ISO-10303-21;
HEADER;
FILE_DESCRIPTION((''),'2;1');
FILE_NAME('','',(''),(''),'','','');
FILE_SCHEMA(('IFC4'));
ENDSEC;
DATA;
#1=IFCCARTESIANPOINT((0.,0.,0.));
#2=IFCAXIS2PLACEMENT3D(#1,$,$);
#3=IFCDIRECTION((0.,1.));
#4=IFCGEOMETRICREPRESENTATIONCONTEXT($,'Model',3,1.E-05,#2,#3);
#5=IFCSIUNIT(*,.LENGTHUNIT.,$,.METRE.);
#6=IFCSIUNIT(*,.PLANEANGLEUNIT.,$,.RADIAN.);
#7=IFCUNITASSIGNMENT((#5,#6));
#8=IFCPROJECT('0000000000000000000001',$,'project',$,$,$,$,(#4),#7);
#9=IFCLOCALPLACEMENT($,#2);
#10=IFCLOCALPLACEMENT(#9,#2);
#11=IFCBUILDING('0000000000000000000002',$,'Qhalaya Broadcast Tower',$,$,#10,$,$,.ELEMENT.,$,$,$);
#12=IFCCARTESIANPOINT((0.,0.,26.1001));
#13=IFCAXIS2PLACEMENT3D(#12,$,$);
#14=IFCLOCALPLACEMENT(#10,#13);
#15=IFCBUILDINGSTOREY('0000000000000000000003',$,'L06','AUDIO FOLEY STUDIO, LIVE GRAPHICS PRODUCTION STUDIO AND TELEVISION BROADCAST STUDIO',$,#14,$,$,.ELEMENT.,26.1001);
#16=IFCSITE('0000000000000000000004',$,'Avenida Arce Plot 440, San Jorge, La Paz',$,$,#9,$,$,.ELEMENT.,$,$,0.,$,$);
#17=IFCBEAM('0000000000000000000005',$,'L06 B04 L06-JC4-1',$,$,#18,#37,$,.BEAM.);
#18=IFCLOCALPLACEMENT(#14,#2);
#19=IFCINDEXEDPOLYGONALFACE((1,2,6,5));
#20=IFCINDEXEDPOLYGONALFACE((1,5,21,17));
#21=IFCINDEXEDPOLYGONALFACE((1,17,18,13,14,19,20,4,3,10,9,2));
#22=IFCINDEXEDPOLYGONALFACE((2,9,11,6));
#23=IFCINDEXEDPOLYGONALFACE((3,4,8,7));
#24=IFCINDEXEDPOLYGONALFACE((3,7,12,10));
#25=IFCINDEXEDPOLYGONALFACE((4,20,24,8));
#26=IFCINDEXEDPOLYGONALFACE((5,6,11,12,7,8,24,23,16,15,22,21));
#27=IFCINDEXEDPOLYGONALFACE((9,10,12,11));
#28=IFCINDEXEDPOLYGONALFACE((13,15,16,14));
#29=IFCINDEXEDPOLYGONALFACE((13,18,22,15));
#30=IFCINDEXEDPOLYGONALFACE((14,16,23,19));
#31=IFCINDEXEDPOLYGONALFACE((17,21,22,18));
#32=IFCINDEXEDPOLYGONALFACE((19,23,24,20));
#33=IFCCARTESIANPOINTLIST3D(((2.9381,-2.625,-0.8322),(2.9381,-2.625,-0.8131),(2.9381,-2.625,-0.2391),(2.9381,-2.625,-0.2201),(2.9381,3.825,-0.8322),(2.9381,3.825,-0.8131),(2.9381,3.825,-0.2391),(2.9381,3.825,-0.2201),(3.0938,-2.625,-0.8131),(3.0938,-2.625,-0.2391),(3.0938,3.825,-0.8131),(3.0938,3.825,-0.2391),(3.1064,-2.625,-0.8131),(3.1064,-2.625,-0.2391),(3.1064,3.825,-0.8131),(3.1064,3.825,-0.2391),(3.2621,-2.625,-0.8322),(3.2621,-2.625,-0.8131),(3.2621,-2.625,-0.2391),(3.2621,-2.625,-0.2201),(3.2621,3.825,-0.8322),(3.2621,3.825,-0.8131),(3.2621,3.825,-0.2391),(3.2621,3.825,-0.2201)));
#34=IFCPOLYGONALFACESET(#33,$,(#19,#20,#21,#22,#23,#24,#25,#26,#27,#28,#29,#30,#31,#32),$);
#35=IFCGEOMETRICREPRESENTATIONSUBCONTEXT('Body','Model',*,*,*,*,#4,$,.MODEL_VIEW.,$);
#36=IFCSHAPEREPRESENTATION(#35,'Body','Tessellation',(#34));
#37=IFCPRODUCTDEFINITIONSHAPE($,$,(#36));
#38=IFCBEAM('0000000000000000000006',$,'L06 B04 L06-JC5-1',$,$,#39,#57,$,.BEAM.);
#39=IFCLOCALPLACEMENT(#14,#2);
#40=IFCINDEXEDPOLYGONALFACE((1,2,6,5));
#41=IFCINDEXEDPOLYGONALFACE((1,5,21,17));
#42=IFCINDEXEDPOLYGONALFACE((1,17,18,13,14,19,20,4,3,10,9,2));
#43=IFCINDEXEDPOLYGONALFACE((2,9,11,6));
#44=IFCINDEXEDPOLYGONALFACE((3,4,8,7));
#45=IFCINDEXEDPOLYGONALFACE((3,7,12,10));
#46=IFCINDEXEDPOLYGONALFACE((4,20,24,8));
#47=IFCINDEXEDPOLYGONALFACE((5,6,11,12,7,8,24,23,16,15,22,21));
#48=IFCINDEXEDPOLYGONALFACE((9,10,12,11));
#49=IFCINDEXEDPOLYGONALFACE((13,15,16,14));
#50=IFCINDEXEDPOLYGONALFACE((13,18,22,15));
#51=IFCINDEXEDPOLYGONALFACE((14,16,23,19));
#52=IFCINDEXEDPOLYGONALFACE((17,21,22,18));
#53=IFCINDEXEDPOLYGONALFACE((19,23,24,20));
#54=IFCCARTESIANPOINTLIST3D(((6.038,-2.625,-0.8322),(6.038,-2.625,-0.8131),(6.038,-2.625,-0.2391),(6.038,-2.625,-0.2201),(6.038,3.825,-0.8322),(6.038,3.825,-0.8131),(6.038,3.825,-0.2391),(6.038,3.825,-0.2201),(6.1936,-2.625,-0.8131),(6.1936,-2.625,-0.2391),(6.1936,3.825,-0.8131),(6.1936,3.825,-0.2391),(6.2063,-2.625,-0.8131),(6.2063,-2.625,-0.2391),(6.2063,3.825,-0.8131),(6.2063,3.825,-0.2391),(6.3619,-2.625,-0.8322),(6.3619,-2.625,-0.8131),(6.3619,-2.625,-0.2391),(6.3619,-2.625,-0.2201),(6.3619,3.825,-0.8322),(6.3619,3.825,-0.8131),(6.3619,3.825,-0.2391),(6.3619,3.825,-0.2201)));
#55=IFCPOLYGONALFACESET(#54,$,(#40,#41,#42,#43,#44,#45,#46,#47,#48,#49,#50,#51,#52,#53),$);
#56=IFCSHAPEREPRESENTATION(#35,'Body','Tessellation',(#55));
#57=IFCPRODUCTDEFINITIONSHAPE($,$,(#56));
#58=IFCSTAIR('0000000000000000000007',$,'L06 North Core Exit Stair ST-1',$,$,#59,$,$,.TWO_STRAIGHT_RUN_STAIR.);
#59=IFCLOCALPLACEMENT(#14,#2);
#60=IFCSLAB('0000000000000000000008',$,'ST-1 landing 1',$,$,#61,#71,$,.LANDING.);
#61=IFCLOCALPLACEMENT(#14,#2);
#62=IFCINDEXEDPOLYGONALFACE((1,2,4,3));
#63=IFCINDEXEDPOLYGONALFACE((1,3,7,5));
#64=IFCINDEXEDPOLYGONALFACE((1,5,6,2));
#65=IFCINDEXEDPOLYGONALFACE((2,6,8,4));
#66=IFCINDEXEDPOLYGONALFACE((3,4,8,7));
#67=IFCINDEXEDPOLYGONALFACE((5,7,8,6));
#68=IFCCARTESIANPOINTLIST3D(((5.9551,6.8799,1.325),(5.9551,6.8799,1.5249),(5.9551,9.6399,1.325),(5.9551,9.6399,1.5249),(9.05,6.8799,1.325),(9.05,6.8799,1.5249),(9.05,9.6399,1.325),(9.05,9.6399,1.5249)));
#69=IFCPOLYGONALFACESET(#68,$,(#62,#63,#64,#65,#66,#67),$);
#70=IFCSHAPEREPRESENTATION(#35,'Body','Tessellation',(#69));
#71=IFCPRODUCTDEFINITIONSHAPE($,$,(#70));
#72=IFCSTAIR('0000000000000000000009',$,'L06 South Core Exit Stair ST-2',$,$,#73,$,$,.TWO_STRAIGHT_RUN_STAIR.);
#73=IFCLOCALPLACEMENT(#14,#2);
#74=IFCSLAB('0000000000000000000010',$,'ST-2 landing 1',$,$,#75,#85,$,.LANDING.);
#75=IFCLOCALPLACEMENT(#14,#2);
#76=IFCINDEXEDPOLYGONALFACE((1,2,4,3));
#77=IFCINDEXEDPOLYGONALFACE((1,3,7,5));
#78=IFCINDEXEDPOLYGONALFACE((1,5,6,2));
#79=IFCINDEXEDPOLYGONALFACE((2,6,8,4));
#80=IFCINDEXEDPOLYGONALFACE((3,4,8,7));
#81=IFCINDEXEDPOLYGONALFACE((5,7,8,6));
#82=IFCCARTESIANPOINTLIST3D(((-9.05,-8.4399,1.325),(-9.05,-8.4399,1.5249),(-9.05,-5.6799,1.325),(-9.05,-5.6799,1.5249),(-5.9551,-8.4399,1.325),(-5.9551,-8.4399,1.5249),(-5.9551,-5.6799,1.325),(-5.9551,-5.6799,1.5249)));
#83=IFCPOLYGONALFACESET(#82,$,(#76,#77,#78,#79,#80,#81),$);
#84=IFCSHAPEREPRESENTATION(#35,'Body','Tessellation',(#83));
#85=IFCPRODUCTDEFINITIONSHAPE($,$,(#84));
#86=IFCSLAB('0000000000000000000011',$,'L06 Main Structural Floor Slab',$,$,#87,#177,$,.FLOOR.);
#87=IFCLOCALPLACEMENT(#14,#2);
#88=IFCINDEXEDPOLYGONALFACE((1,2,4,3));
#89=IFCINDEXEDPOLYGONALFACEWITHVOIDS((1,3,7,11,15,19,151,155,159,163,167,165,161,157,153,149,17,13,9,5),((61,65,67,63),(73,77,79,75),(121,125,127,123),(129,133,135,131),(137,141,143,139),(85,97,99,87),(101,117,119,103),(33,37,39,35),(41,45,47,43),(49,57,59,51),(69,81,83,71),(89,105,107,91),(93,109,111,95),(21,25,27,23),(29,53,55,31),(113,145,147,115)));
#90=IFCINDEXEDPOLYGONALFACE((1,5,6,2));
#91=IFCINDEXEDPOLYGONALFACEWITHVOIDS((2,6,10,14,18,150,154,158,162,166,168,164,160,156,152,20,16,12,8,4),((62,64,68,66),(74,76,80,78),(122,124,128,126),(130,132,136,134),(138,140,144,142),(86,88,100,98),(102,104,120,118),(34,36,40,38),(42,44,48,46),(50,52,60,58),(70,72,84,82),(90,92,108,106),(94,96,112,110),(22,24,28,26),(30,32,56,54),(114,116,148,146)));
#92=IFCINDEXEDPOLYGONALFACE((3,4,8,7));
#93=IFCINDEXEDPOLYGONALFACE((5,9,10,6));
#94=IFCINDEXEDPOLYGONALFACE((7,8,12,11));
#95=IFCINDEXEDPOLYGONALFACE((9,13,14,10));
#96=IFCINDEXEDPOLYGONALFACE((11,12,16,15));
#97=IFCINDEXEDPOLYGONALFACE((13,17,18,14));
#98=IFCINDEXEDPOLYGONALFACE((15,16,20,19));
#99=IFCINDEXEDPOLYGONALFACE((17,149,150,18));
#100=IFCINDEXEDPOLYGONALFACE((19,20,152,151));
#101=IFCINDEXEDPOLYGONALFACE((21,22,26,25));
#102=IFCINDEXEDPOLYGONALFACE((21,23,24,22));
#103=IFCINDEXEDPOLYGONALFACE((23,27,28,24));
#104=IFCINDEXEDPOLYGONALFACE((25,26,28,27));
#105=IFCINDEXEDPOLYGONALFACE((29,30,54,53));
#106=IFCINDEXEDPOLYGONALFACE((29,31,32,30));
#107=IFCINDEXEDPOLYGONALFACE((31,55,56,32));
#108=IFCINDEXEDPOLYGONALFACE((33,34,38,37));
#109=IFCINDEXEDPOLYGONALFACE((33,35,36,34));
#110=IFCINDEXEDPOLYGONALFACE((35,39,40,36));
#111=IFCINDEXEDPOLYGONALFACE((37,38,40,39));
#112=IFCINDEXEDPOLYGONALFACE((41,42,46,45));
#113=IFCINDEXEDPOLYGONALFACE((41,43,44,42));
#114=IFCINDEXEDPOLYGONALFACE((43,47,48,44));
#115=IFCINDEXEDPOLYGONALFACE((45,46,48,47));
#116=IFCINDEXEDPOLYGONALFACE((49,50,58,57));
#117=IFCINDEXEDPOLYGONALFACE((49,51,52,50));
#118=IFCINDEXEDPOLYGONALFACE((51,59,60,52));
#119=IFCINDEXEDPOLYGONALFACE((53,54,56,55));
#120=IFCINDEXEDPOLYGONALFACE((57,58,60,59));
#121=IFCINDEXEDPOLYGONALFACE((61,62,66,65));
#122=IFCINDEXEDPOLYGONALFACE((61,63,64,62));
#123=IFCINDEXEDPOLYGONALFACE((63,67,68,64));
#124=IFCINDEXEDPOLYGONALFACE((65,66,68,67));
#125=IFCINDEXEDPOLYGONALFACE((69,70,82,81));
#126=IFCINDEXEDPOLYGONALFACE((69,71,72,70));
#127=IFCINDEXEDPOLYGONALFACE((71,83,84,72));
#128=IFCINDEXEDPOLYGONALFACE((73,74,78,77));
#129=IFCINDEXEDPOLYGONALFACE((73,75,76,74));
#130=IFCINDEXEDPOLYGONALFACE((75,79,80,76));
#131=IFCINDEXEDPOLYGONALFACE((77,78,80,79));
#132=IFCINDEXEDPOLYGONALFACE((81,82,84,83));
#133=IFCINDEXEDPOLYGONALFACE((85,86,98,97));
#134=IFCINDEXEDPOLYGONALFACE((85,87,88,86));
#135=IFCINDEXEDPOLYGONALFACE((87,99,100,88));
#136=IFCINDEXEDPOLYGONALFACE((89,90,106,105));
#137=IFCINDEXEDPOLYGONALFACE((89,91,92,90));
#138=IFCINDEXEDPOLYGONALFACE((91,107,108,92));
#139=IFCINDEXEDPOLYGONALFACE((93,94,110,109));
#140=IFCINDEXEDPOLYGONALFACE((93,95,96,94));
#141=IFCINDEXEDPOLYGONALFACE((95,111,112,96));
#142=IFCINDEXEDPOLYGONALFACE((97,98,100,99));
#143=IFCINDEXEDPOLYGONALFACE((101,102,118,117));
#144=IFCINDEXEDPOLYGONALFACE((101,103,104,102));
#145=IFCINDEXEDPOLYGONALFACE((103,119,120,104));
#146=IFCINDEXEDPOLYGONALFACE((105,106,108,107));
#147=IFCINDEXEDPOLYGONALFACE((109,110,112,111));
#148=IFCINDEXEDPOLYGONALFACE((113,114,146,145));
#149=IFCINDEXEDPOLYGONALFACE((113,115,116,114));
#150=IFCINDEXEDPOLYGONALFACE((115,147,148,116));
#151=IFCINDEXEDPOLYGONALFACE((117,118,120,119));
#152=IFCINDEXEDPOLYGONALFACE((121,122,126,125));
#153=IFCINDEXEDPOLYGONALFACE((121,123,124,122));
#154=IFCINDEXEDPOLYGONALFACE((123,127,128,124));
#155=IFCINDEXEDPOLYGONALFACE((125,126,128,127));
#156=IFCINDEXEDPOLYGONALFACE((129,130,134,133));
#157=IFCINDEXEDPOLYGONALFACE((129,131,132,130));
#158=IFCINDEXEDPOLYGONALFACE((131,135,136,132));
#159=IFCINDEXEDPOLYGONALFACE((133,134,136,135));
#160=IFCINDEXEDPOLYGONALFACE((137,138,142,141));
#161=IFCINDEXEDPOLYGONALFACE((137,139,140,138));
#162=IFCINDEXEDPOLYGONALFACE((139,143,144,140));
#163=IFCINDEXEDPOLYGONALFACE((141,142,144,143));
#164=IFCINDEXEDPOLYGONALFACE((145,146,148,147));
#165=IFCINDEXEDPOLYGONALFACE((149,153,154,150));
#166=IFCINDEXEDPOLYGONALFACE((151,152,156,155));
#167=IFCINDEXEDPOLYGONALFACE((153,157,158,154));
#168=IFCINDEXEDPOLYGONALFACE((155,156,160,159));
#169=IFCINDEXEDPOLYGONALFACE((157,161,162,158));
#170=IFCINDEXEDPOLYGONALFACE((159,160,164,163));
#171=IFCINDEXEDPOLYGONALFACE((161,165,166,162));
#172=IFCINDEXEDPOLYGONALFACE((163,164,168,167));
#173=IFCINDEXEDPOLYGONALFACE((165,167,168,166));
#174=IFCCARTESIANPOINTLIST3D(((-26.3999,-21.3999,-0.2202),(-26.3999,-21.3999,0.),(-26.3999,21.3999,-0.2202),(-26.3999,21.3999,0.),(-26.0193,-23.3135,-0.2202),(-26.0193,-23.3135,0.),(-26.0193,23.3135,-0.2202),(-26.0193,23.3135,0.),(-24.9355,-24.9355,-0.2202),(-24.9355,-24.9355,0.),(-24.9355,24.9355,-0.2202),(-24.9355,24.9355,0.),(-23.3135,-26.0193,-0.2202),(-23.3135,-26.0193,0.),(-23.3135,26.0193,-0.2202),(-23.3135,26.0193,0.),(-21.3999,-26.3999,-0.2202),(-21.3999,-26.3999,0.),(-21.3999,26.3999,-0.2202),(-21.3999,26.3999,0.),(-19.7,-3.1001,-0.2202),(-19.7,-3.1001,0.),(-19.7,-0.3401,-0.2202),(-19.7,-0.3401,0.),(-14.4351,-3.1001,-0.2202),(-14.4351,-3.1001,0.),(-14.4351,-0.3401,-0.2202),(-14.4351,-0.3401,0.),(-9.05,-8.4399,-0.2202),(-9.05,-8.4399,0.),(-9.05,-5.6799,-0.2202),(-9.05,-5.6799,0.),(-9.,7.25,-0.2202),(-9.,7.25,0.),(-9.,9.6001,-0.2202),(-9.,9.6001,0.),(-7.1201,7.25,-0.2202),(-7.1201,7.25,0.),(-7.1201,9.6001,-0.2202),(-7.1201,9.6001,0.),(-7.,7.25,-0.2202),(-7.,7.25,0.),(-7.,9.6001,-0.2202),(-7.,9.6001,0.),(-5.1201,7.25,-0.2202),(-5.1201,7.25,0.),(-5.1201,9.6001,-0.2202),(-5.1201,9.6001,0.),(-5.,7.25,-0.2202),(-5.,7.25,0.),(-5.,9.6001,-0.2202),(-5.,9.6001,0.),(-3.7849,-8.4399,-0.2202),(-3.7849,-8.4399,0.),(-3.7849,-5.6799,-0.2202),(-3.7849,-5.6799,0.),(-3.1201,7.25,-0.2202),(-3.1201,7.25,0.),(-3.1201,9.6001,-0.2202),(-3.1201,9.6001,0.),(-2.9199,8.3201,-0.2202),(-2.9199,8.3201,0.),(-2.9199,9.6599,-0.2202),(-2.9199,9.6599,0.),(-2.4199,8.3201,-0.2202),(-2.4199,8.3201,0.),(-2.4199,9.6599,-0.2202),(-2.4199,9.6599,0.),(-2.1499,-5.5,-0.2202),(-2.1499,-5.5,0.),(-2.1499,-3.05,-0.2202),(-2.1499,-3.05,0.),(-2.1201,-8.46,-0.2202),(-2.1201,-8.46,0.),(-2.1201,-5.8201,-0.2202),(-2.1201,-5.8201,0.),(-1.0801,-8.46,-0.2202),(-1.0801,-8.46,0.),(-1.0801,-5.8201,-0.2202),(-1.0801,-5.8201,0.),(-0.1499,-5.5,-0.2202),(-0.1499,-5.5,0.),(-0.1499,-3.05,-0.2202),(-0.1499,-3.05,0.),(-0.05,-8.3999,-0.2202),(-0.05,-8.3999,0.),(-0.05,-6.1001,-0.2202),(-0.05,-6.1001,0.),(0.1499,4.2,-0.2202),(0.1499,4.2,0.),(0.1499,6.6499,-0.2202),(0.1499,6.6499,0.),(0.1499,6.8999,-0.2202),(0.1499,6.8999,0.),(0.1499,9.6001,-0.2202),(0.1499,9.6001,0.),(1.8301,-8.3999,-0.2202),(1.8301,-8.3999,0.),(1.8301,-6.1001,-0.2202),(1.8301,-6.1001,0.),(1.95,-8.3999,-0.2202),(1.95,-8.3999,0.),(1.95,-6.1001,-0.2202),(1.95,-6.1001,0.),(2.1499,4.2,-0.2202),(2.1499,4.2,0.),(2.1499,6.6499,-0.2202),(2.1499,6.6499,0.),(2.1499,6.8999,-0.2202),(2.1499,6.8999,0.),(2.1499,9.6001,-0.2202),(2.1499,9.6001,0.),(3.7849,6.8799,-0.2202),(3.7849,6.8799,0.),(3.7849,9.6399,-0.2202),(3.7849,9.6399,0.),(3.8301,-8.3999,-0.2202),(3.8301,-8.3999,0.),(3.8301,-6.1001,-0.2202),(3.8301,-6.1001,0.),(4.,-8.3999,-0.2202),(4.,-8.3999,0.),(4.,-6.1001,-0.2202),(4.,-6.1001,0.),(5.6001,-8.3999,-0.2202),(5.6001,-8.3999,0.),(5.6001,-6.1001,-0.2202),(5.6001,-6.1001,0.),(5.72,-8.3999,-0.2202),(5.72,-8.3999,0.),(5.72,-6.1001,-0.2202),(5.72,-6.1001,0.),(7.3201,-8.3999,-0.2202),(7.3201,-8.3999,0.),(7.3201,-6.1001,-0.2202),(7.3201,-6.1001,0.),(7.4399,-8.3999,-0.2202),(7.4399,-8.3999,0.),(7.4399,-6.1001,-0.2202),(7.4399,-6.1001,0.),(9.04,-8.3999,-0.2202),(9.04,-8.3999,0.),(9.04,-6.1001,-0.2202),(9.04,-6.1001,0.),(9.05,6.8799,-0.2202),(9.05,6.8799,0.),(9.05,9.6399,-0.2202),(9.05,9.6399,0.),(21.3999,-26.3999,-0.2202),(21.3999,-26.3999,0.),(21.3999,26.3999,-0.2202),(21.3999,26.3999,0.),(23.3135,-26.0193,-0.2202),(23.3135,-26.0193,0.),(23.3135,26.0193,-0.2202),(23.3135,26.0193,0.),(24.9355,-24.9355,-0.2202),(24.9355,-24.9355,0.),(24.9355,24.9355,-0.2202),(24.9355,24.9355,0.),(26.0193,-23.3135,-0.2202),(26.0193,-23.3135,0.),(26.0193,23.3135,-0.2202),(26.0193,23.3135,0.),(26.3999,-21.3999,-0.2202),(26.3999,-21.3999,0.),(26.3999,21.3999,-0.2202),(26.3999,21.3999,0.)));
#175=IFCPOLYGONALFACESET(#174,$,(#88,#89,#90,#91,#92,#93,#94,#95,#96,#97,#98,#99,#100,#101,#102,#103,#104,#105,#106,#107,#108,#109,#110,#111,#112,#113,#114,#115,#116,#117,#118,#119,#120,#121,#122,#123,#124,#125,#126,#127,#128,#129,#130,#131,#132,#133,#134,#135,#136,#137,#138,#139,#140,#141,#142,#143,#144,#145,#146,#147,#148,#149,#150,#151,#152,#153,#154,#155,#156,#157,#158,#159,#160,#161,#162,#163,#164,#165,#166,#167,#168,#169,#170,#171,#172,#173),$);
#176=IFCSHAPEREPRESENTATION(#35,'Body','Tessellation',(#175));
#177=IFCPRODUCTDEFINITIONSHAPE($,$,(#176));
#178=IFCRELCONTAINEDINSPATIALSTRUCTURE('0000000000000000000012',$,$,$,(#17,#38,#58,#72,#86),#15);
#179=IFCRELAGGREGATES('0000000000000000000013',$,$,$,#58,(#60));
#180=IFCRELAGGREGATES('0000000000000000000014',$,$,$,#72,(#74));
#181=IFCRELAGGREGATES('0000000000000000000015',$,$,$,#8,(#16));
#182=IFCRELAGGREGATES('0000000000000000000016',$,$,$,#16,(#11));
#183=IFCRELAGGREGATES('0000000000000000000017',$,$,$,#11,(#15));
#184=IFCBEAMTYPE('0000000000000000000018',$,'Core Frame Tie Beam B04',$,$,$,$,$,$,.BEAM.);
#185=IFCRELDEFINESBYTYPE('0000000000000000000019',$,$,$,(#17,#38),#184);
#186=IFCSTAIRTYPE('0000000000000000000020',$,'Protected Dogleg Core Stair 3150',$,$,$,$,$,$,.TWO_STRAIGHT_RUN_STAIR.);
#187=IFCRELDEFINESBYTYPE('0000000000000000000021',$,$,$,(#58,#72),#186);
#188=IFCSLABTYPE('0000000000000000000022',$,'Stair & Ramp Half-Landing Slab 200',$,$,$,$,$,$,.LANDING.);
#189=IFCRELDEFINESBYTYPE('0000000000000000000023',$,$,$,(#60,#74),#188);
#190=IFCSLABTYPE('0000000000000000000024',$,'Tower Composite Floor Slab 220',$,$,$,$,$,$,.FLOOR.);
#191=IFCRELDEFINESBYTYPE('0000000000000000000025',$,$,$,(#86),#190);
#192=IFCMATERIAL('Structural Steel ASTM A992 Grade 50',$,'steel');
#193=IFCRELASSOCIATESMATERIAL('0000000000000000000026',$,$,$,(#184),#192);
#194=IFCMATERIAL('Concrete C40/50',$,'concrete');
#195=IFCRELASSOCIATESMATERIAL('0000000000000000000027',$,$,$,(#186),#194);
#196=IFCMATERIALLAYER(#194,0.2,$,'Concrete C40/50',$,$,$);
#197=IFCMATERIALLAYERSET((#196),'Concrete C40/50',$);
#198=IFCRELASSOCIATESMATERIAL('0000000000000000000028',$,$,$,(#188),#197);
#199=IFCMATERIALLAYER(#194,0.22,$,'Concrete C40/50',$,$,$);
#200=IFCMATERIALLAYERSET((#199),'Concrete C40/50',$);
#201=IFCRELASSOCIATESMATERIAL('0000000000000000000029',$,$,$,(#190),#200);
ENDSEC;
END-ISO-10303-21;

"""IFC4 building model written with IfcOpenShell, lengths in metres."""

from ifc_helpers import new_model, si_unit, direction, frame, origin, origin_2d, place, context, subcontext, project, spatial, polyline, i_section, outline, extrude, material, layer, layer_set, material_profile, profile_set, type_object, element, aggregate, save


model = new_model("IFC4")

# Units and contexts
model_context = context("Model", 3, precision=1e-05, world=origin(), true_north=direction((0.0, 1.0)))
body_context = subcontext(model_context, "Body", "Model", "MODEL_VIEW")
ifc_project = project(units=[si_unit("LENGTHUNIT", "METRE"), si_unit("PLANEANGLEUNIT", "RADIAN")], contexts=[model_context])

# Site, building, storey
site_placement = place(None, origin())
site = spatial("IfcSite", under=ifc_project, at=site_placement, Name="Avenida Arce Plot 440, San Jorge, La Paz", CompositionType="ELEMENT", RefElevation=0.0)
building_placement = place(site_placement, origin())
building = spatial("IfcBuilding", under=site, at=building_placement, Name="Qhalaya Broadcast Tower", CompositionType="ELEMENT")
storey_placement = place(building_placement, frame((0.0, 0.0, 26.1001)))
storey = spatial("IfcBuildingStorey", under=building, at=storey_placement, Name="L06", Description="AUDIO FOLEY STUDIO, LIVE GRAPHICS PRODUCTION STUDIO AND TELEVISION BROADCAST STUDIO", CompositionType="ELEMENT", Elevation=26.1001)

# Beams
ifc_material_1 = material(Name="Structural Steel ASTM A992 Grade 50", Category="steel")
ifc_material_profile = material_profile(ifc_material_1, i_section(OverallWidth=0.324, OverallDepth=0.6121, WebThickness=0.0127, FlangeThickness=0.019, at=origin_2d()), Name="W24X104")
ifc_profile_set = profile_set([ifc_material_profile], Name="Structural Steel ASTM A992 Grade 50")
beam_type = type_object("IfcBeamType", Name="Core Frame Tie Beam B04", PredefinedType="BEAM", material=ifc_profile_set)
for number, where, z_axis, x_axis, name in (
    (1, (3.1001, -2.625, -0.5261), (0.0, 1.0, 0.0), (-1.0, 0.0, 0.0), "L06 B04 L06-JC4-1"),
    (2, (6.2, -2.625, -0.5261), (0.0, 1.0, 0.0), (-1.0, 0.0, 0.0), "L06 B04 L06-JC5-1"),
):
    element("IfcBeam", number, at=place(storey_placement, frame(where, z_axis=z_axis, x_axis=x_axis)), inside=storey, type_object=beam_type, Name=name, PredefinedType="BEAM", context=body_context, shape_type="SweptSolid", body=[
        extrude(i_section(OverallWidth=0.324, OverallDepth=0.6121, WebThickness=0.0127, FlangeThickness=0.019, at=origin_2d()), origin(), (0.0, 0.0, 1.0), 6.45),
    ])

# Shared definitions
ifc_material_2 = material(Name="Concrete C40/50", Category="concrete")

# Stairs, slabs
stair_type = type_object("IfcStairType", Name="Protected Dogleg Core Stair 3150", PredefinedType="TWO_STRAIGHT_RUN_STAIR", material=ifc_material_2)
stair_1_placement = place(storey_placement, origin())
stair_1 = element("IfcStair", 3, at=stair_1_placement, inside=storey, type_object=stair_type, Name="L06 North Core Exit Stair ST-1", PredefinedType="TWO_STRAIGHT_RUN_STAIR")
ifc_layer_1 = layer(ifc_material_2, 0.2, Name="Concrete C40/50")
ifc_layer_set_1 = layer_set([ifc_layer_1], Name="Concrete C40/50")
slab_type_1 = type_object("IfcSlabType", Name="Stair & Ramp Half-Landing Slab 200", PredefinedType="LANDING", material=ifc_layer_set_1)
slab_1_placement = place(storey_placement, frame((0.0, 0.0, 1.325)))
slab_1 = element("IfcSlab", 4, at=slab_1_placement, type_object=slab_type_1, Name="ST-1 landing 1", PredefinedType="LANDING", context=body_context, shape_type="SweptSolid", body=[
    extrude(outline(polyline([(5.9551, 6.8799), (9.05, 6.8799), (9.05, 9.6399), (5.9551, 9.6399), (5.9551, 6.8799)])), origin(), (0.0, 0.0, 1.0), 0.2),
])
aggregate(stair_1, [slab_1])
stair_2_placement = place(storey_placement, origin())
stair_2 = element("IfcStair", 5, at=stair_2_placement, inside=storey, type_object=stair_type, Name="L06 South Core Exit Stair ST-2", PredefinedType="TWO_STRAIGHT_RUN_STAIR")
slab_2_placement = place(storey_placement, frame((0.0, 0.0, 1.325)))
slab_2 = element("IfcSlab", 6, at=slab_2_placement, type_object=slab_type_1, Name="ST-2 landing 1", PredefinedType="LANDING", context=body_context, shape_type="SweptSolid", body=[
    extrude(outline(polyline([(-5.9551, -5.6799), (-9.05, -5.6799), (-9.05, -8.4399), (-5.9551, -8.4399), (-5.9551, -5.6799)])), origin(), (0.0, 0.0, 1.0), 0.2),
])
aggregate(stair_2, [slab_2])

# Slab
ifc_layer_2 = layer(ifc_material_2, 0.22, Name="Concrete C40/50")
ifc_layer_set_2 = layer_set([ifc_layer_2], Name="Concrete C40/50")
slab_type_2 = type_object("IfcSlabType", Name="Tower Composite Floor Slab 220", PredefinedType="FLOOR", material=ifc_layer_set_2)
slab_3_placement = place(storey_placement, frame((0.0, 0.0, -0.2202)))
element("IfcSlab", 7, at=slab_3_placement, inside=storey, type_object=slab_type_2, Name="L06 Main Structural Floor Slab", PredefinedType="FLOOR", context=body_context, shape_type="SweptSolid", body=[
    extrude(outline(polyline([(21.3999, -26.3999), (23.3135, -26.0193), (24.9355, -24.9355), (26.0193, -23.3135), (26.3999, -21.3999), (26.3999, 21.3999), (26.0193, 23.3135), (24.9355, 24.9355), (23.3135, 26.0193), (21.3999, 26.3999), (-21.3999, 26.3999), (-23.3135, 26.0193), (-24.9355, 24.9355), (-26.0193, 23.3135), (-26.3999, 21.3999), (-26.3999, -21.3999), (-26.0193, -23.3135), (-24.9355, -24.9355), (-23.3135, -26.0193), (-21.3999, -26.3999), (21.3999, -26.3999)]), holes=[polyline([(3.7849, 9.6399), (9.05, 9.6399), (9.05, 6.8799), (3.7849, 6.8799), (3.7849, 9.6399)]), polyline([(-3.7849, -8.4399), (-9.05, -8.4399), (-9.05, -5.6799), (-3.7849, -5.6799), (-3.7849, -8.4399)]), polyline([(-14.4351, -3.1001), (-19.7, -3.1001), (-19.7, -0.3401), (-14.4351, -0.3401), (-14.4351, -3.1001)]), polyline([(0.1499, 6.6499), (2.1499, 6.6499), (2.1499, 4.2), (0.1499, 4.2), (0.1499, 6.6499)]), polyline([(0.1499, 9.6001), (2.1499, 9.6001), (2.1499, 6.8999), (0.1499, 6.8999), (0.1499, 9.6001)]), polyline([(-2.1499, -3.05), (-0.1499, -3.05), (-0.1499, -5.5), (-2.1499, -5.5), (-2.1499, -3.05)]), polyline([(-9.0, 9.6001), (-7.1201, 9.6001), (-7.1201, 7.25), (-9.0, 7.25), (-9.0, 9.6001)]), polyline([(-7.0, 9.6001), (-5.1201, 9.6001), (-5.1201, 7.25), (-7.0, 7.25), (-7.0, 9.6001)]), polyline([(-5.0, 9.6001), (-3.1201, 9.6001), (-3.1201, 7.25), (-5.0, 7.25), (-5.0, 9.6001)]), polyline([(-0.05, -6.1001), (1.8301, -6.1001), (1.8301, -8.3999), (-0.05, -8.3999), (-0.05, -6.1001)]), polyline([(1.95, -6.1001), (3.8301, -6.1001), (3.8301, -8.3999), (1.95, -8.3999), (1.95, -6.1001)]), polyline([(4.0, -6.1001), (5.6001, -6.1001), (5.6001, -8.3999), (4.0, -8.3999), (4.0, -6.1001)]), polyline([(5.72, -6.1001), (7.3201, -6.1001), (7.3201, -8.3999), (5.72, -8.3999), (5.72, -6.1001)]), polyline([(7.4399, -6.1001), (9.04, -6.1001), (9.04, -8.3999), (7.4399, -8.3999), (7.4399, -6.1001)]), polyline([(-2.9199, 9.6599), (-2.4199, 9.6599), (-2.4199, 8.3201), (-2.9199, 8.3201), (-2.9199, 9.6599)]), polyline([(-2.1201, -5.8201), (-1.0801, -5.8201), (-1.0801, -8.46), (-2.1201, -8.46), (-2.1201, -5.8201)])]), origin(), (0.0, 0.0, 1.0), 0.2202),
])

save(model, "model.ifc")
